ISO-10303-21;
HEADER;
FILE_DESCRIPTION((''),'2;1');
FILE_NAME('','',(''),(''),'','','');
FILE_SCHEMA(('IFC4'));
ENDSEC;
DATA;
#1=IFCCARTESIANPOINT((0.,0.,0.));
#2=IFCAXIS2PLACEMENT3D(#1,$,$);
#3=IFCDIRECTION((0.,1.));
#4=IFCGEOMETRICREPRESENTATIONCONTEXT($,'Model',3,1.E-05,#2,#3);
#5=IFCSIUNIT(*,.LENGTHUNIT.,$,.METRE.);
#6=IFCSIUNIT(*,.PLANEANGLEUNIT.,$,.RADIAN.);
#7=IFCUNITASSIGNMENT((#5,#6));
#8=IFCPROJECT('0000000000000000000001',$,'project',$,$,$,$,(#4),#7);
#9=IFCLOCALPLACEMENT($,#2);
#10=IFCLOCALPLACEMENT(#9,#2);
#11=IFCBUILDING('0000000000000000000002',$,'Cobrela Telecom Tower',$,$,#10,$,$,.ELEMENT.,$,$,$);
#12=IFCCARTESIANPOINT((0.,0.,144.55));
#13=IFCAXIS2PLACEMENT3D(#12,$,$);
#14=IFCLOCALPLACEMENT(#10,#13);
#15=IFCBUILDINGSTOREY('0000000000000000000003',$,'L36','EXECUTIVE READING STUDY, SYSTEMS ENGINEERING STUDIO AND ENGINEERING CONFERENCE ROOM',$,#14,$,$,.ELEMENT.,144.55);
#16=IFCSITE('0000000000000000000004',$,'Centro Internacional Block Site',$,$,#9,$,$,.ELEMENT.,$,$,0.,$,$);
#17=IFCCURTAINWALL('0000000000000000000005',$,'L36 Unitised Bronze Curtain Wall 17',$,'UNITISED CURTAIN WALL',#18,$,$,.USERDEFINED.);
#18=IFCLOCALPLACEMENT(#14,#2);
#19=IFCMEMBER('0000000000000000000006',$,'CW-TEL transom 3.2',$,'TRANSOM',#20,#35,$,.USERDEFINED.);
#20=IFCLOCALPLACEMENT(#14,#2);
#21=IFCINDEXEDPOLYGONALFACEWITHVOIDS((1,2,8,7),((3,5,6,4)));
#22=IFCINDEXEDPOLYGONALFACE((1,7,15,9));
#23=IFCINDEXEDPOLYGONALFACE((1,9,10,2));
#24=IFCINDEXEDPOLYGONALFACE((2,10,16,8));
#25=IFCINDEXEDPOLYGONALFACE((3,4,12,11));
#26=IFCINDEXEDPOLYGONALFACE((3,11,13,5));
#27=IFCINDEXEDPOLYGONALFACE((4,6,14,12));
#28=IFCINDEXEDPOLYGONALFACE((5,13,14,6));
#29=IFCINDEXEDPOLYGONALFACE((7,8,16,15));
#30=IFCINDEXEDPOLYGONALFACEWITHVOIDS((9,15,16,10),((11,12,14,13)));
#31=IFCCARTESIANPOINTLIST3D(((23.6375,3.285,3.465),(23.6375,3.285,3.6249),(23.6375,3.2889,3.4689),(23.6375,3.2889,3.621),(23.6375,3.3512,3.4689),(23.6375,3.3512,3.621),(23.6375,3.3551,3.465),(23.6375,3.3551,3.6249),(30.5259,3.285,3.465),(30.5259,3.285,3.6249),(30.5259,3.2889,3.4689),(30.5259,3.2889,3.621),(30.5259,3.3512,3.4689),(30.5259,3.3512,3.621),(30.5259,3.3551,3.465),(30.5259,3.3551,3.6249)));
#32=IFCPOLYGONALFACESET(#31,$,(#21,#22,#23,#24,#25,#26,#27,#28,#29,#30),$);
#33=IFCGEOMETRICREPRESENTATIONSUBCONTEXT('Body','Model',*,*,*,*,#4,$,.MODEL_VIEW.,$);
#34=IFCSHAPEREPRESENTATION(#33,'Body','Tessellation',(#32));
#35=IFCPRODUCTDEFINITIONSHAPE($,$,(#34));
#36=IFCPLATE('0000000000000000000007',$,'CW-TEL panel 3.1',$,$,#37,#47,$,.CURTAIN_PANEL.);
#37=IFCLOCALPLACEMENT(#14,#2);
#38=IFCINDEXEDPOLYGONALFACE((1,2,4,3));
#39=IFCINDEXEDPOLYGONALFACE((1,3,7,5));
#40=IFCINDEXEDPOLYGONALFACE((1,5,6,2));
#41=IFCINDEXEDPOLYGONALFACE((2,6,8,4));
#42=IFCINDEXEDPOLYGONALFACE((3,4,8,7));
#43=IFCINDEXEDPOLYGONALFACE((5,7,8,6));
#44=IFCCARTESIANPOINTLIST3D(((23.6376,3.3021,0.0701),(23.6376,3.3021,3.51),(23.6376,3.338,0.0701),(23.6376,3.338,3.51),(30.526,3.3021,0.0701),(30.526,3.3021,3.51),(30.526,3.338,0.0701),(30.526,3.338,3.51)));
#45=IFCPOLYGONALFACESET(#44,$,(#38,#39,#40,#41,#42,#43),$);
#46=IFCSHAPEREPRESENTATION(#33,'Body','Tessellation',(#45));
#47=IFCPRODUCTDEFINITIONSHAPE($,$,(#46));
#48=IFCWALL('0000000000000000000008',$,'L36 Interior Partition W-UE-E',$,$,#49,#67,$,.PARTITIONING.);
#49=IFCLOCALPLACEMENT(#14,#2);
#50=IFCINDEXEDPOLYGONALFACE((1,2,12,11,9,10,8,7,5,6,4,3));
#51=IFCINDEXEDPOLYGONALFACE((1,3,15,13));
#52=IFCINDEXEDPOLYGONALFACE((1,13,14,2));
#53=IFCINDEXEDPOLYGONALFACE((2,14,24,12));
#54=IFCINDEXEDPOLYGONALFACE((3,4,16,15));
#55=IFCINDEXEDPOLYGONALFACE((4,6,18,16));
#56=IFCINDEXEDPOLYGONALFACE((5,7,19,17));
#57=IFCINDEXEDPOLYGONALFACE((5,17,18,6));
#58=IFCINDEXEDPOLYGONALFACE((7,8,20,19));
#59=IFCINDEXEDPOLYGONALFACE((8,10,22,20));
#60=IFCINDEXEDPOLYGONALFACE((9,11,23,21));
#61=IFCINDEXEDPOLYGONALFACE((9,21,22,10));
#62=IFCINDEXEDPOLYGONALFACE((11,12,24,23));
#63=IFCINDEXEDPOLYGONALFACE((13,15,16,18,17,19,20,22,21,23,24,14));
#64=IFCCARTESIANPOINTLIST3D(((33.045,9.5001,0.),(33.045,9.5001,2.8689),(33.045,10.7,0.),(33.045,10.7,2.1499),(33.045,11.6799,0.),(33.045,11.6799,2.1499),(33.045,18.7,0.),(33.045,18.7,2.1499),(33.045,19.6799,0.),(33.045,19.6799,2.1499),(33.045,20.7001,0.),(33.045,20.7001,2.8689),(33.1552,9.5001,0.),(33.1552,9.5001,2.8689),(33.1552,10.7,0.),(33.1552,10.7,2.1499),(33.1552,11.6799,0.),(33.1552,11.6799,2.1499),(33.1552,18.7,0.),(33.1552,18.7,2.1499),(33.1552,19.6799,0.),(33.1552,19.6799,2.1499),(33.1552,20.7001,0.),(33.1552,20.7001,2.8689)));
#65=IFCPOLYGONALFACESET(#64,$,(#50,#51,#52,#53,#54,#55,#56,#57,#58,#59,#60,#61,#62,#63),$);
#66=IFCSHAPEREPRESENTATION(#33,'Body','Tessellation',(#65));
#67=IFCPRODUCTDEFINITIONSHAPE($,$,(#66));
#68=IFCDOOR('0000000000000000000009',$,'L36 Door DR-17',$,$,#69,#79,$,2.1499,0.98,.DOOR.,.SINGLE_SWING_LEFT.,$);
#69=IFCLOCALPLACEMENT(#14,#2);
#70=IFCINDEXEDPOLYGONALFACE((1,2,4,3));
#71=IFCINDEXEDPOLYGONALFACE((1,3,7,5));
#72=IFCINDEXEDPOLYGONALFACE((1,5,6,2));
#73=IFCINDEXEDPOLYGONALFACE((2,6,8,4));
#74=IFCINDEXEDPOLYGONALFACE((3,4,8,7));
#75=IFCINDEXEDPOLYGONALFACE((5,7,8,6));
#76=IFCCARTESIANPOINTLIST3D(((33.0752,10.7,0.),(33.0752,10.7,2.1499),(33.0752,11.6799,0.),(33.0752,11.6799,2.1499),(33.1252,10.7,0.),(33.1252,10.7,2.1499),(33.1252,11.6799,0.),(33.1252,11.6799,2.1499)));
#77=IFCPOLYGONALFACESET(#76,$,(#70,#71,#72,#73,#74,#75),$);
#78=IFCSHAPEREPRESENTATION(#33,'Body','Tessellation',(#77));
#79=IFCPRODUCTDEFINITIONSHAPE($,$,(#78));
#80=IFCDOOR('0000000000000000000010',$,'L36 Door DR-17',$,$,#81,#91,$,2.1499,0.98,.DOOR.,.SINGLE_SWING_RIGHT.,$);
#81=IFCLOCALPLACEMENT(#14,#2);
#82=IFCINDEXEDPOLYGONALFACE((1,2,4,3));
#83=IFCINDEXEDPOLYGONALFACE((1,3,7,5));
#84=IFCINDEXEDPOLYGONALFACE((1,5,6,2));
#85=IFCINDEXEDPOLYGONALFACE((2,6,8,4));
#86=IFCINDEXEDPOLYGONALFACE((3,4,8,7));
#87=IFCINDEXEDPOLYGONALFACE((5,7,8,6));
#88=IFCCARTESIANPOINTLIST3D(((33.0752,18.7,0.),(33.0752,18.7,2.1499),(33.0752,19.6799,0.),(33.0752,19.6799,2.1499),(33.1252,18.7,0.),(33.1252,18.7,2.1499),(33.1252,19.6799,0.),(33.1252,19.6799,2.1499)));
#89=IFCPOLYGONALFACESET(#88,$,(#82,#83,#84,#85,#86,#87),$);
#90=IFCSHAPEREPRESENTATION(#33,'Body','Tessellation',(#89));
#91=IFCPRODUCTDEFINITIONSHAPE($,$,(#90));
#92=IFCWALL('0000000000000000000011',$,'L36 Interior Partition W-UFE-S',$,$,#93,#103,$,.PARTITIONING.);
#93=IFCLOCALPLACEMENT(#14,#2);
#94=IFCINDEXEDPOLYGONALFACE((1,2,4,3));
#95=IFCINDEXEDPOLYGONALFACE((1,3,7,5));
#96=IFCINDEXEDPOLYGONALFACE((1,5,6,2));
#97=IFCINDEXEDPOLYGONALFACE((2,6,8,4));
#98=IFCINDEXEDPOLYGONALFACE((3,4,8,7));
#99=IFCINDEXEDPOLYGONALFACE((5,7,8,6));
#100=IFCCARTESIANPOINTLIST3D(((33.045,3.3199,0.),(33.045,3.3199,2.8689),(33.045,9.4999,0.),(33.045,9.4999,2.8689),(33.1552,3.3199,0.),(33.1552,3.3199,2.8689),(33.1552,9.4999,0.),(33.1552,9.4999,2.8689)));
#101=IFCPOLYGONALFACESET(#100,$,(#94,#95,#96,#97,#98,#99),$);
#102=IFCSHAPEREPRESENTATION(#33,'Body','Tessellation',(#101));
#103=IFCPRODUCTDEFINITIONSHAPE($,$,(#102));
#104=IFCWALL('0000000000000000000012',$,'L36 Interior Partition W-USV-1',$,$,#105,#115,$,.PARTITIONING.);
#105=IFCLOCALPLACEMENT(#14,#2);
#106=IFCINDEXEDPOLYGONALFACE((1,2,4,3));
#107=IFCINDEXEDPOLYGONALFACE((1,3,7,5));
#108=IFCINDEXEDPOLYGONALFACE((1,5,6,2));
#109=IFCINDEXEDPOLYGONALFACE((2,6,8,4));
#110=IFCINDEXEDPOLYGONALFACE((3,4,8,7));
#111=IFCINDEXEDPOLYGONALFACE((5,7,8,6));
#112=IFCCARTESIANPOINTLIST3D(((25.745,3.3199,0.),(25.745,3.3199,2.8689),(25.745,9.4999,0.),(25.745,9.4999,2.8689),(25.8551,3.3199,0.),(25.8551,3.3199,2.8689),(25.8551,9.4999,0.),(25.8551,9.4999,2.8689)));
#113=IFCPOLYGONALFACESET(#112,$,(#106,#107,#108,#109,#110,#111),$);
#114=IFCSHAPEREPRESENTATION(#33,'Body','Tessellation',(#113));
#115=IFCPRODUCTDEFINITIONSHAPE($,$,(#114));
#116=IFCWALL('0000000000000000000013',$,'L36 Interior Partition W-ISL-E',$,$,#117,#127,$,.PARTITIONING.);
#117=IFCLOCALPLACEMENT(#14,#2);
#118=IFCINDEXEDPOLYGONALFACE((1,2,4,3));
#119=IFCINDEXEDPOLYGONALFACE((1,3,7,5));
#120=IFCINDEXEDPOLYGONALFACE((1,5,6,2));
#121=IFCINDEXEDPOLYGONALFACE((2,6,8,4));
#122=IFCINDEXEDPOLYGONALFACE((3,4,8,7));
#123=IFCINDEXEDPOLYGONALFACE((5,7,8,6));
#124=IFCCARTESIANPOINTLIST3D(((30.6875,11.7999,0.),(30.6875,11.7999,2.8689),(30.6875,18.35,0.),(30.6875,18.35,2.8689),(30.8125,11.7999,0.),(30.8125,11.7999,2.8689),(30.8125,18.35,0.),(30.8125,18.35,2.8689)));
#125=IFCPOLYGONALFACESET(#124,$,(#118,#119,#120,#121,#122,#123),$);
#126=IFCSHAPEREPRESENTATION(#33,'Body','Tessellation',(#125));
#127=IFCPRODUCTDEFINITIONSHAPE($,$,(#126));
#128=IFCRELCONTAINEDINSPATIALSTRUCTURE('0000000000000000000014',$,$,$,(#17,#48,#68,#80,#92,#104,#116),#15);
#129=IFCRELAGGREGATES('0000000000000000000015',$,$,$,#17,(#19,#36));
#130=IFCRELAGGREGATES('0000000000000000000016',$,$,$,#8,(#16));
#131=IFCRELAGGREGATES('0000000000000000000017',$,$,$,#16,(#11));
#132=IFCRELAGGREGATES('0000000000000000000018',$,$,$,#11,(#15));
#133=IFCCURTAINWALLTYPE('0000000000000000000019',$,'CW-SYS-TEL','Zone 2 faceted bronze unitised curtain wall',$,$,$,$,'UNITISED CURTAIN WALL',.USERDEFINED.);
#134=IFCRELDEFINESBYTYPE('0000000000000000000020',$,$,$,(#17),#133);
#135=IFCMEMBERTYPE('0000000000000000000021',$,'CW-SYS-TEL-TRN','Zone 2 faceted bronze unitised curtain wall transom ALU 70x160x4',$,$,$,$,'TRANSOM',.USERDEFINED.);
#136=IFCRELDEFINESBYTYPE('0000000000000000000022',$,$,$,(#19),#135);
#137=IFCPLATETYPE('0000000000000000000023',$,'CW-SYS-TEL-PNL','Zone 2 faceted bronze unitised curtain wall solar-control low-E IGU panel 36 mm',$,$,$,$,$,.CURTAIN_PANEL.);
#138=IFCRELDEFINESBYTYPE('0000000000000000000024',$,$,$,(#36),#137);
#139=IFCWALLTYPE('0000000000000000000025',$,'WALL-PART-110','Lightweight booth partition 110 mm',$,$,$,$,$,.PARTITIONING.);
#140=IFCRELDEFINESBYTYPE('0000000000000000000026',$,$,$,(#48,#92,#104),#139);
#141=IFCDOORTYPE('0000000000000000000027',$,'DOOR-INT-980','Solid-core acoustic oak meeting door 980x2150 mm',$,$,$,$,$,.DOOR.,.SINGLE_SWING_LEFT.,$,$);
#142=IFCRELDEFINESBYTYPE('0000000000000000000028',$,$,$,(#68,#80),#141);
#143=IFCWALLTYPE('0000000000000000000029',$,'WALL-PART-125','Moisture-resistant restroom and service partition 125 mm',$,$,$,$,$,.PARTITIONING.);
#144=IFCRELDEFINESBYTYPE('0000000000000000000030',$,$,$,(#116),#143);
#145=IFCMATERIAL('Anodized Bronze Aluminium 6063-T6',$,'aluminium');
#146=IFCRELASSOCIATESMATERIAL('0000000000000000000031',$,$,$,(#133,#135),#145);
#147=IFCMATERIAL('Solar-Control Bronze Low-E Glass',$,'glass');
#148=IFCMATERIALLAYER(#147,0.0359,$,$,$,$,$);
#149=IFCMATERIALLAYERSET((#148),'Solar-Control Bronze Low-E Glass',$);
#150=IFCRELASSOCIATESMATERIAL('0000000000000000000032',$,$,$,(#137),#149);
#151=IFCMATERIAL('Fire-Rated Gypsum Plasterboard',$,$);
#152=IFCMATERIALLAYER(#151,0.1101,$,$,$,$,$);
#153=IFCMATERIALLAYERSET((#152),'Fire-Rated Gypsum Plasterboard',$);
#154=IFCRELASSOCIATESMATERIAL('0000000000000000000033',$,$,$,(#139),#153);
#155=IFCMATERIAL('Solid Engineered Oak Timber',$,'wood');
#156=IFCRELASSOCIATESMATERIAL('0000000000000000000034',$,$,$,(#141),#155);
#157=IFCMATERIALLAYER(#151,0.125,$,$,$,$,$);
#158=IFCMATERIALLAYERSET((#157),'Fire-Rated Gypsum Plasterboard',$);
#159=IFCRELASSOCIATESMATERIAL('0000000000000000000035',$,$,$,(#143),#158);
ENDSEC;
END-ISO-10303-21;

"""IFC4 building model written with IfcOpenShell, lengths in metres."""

from ifc_helpers import new_model, si_unit, direction, frame, frame_2d, origin, origin_2d, place, context, subcontext, project, spatial, rectangle, hollow_rectangle, extrude, material, layer, layer_set, material_profile, profile_set, type_object, element, fill, aggregate, save


model = new_model("IFC4")

# Units and contexts
model_context = context("Model", 3, precision=1e-05, world=origin(), true_north=direction((0.0, 1.0)))
body_context = subcontext(model_context, "Body", "Model", "MODEL_VIEW")
ifc_project = project(units=[si_unit("LENGTHUNIT", "METRE"), si_unit("PLANEANGLEUNIT", "RADIAN")], contexts=[model_context])

# Site, building, storey
site_placement = place(None, origin())
site = spatial("IfcSite", under=ifc_project, at=site_placement, Name="Centro Internacional Block Site", CompositionType="ELEMENT", RefElevation=0.0)
building_placement = place(site_placement, origin())
building = spatial("IfcBuilding", under=site, at=building_placement, Name="Cobrela Telecom Tower", CompositionType="ELEMENT")
storey_placement = place(building_placement, frame((0.0, 0.0, 144.55)))
storey = spatial("IfcBuildingStorey", under=building, at=storey_placement, Name="L36", Description="EXECUTIVE READING STUDY, SYSTEMS ENGINEERING STUDIO AND ENGINEERING CONFERENCE ROOM", CompositionType="ELEMENT", Elevation=144.55)

# Curtain wall, member, plate
ifc_material_1 = material(Name="Anodized Bronze Aluminium 6063-T6", Category="aluminium")
curtain_wall_type = type_object("IfcCurtainWallType", Name="CW-SYS-TEL", Description="Zone 2 faceted bronze unitised curtain wall", ElementType="UNITISED CURTAIN WALL", PredefinedType="USERDEFINED", material=ifc_material_1)
curtain_wall_placement = place(storey_placement, origin())
curtain_wall = element("IfcCurtainWall", 1, at=curtain_wall_placement, inside=storey, type_object=curtain_wall_type, Name="L36 Unitised Bronze Curtain Wall 17", ObjectType="UNITISED CURTAIN WALL", PredefinedType="USERDEFINED")
ifc_material_profile_1 = material_profile(ifc_material_1, hollow_rectangle(XDim=0.0701, YDim=0.1599, WallThickness=0.0039, at=origin_2d()), Name="ALU 70x160x4")
ifc_profile_set_1 = profile_set([ifc_material_profile_1], Name="Anodized Bronze Aluminium 6063-T6")
member_type_1 = type_object("IfcMemberType", Name="CW-SYS-TEL-TRN", Description="Zone 2 faceted bronze unitised curtain wall transom ALU 70x160x4", ElementType="TRANSOM", PredefinedType="USERDEFINED", material=ifc_profile_set_1)
member_1_placement = place(storey_placement, frame((30.5259, 3.3201, 3.5449), z_axis=(-1.0, 0.0, 0.0), x_axis=(0.0, -1.0, 0.0)))
member_1 = element("IfcMember", 2, at=member_1_placement, type_object=member_type_1, Name="CW-TEL transom 3.2", ObjectType="TRANSOM", PredefinedType="USERDEFINED", context=body_context, shape_type="SweptSolid", body=[
    extrude(hollow_rectangle(XDim=0.0701, YDim=0.1599, WallThickness=0.0039, at=origin_2d()), origin(), (0.0, 0.0, 1.0), 6.8884),
])
ifc_material_2 = material(Name="Solar-Control Bronze Low-E Glass", Category="glass")
ifc_layer_1 = layer(ifc_material_2, 0.0359)
ifc_layer_set_1 = layer_set([ifc_layer_1], Name="Solar-Control Bronze Low-E Glass")
plate_type = type_object("IfcPlateType", Name="CW-SYS-TEL-PNL", Description="Zone 2 faceted bronze unitised curtain wall solar-control low-E IGU panel 36 mm", PredefinedType="CURTAIN_PANEL", material=ifc_layer_set_1)
plate_placement = place(storey_placement, frame((27.0818, 3.3201, 0.0701), z_axis=(0.0, 0.0, 1.0), x_axis=(-1.0, 0.0, 0.0)))
plate = element("IfcPlate", 3, at=plate_placement, type_object=plate_type, Name="CW-TEL panel 3.1", PredefinedType="CURTAIN_PANEL", context=body_context, shape_type="SweptSolid", body=[
    extrude(rectangle(XDim=6.8884, YDim=0.0359, at=origin_2d()), origin(), (0.0, 0.0, 1.0), 3.4399),
])
aggregate(curtain_wall, [member_1, plate])

# Wall, openings, doors
ifc_material_3 = material(Name="Fire-Rated Gypsum Plasterboard")
ifc_layer_2 = layer(ifc_material_3, 0.1101)
ifc_layer_set_2 = layer_set([ifc_layer_2], Name="Fire-Rated Gypsum Plasterboard")
wall_type_1 = type_object("IfcWallType", Name="WALL-PART-110", Description="Lightweight booth partition 110 mm", PredefinedType="PARTITIONING", material=ifc_layer_set_2)
wall_1_placement = place(storey_placement, frame((33.1001, 9.5, 0.0), z_axis=(0.0, 0.0, 1.0), x_axis=(0.0, 1.0, 0.0)))
wall_1 = element("IfcWall", 4, at=wall_1_placement, inside=storey, type_object=wall_type_1, Name="L36 Interior Partition W-UE-E", PredefinedType="PARTITIONING", context=body_context, shape_type="SweptSolid", body=[
    extrude(rectangle(XDim=11.2, YDim=0.1101, at=frame_2d((5.6001, 0.0))), origin(), (0.0, 0.0, 1.0), 2.8689),
])
opening_1_placement = place(wall_1_placement, frame((1.2, 0.0, 0.0)))
opening_1 = element("IfcOpeningElement", 5, at=opening_1_placement, cuts=wall_1, PredefinedType="OPENING", context=body_context, shape_type="SweptSolid", body=[
    extrude(rectangle(XDim=0.98, YDim=2.1499, at=frame_2d((0.49, 1.075))), frame((0.0, 0.0669, 0.0), z_axis=(0.0, -1.0, 0.0), x_axis=(1.0, 0.0, 0.0)), (0.0, 0.0, 1.0), 0.134),
])
opening_2_placement = place(wall_1_placement, frame((9.2, 0.0, 0.0)))
opening_2 = element("IfcOpeningElement", 6, at=opening_2_placement, cuts=wall_1, PredefinedType="OPENING", context=body_context, shape_type="SweptSolid", body=[
    extrude(rectangle(XDim=0.98, YDim=2.1499, at=frame_2d((0.49, 1.075))), frame((0.0, 0.0669, 0.0), z_axis=(0.0, -1.0, 0.0), x_axis=(1.0, 0.0, 0.0)), (0.0, 0.0, 1.0), 0.134),
])
ifc_material_4 = material(Name="Solid Engineered Oak Timber", Category="wood")
door_type = type_object("IfcDoorType", Name="DOOR-INT-980", Description="Solid-core acoustic oak meeting door 980x2150 mm", OperationType="SINGLE_SWING_LEFT", PredefinedType="DOOR", material=ifc_material_4)
door_1_placement = place(opening_1_placement, origin())
door_1 = element("IfcDoor", 7, at=door_1_placement, inside=storey, type_object=door_type, Name="L36 Door DR-17", OperationType="SINGLE_SWING_LEFT", OverallHeight=2.1499, OverallWidth=0.98, PredefinedType="DOOR", context=body_context, shape_type="SweptSolid", body=[
    extrude(rectangle(XDim=0.98, YDim=2.1499, at=frame_2d((0.49, 1.075))), frame((0.0, 0.0249, 0.0), z_axis=(0.0, -1.0, 0.0), x_axis=(1.0, 0.0, 0.0)), (0.0, 0.0, 1.0), 0.05),
])
fill(opening_1, door_1)
door_2_placement = place(opening_2_placement, origin())
door_2 = element("IfcDoor", 8, at=door_2_placement, inside=storey, type_object=door_type, Name="L36 Door DR-17", OperationType="SINGLE_SWING_RIGHT", OverallHeight=2.1499, OverallWidth=0.98, PredefinedType="DOOR", context=body_context, shape_type="SweptSolid", body=[
    extrude(rectangle(XDim=0.98, YDim=2.1499, at=frame_2d((0.49, 1.075))), frame((0.0, 0.0249, 0.0), z_axis=(0.0, -1.0, 0.0), x_axis=(1.0, 0.0, 0.0)), (0.0, 0.0, 1.0), 0.05),
])
fill(opening_2, door_2)

# Walls
for number, where, z_axis, x_axis, name in (
    (9, (33.1001, 3.3201, 0.0), (0.0, 0.0, 1.0), (0.0, 1.0, 0.0), "L36 Interior Partition W-UFE-S"),
    (10, (25.8, 3.3201, 0.0), (0.0, 0.0, 1.0), (0.0, 1.0, 0.0), "L36 Interior Partition W-USV-1"),
):
    element("IfcWall", number, at=place(storey_placement, frame(where, z_axis=z_axis, x_axis=x_axis)), inside=storey, type_object=wall_type_1, Name=name, PredefinedType="PARTITIONING", context=body_context, shape_type="SweptSolid", body=[
        extrude(rectangle(XDim=6.1799, YDim=0.1101, at=frame_2d((3.0898, 0.0))), origin(), (0.0, 0.0, 1.0), 2.8689),
    ])
ifc_layer_3 = layer(ifc_material_3, 0.125)
ifc_layer_set_3 = layer_set([ifc_layer_3], Name="Fire-Rated Gypsum Plasterboard")
wall_type_2 = type_object("IfcWallType", Name="WALL-PART-125", Description="Moisture-resistant restroom and service partition 125 mm", PredefinedType="PARTITIONING", material=ifc_layer_set_3)
wall_2_placement = place(storey_placement, frame((30.75, 11.8, 0.0), z_axis=(0.0, 0.0, 1.0), x_axis=(0.0, 1.0, 0.0)))
element("IfcWall", 11, at=wall_2_placement, inside=storey, type_object=wall_type_2, Name="L36 Interior Partition W-ISL-E", PredefinedType="PARTITIONING", context=body_context, shape_type="SweptSolid", body=[
    extrude(rectangle(XDim=6.55, YDim=0.125, at=frame_2d((3.2749, 0.0))), origin(), (0.0, 0.0, 1.0), 2.8689),
])

save(model, "model.ifc")
